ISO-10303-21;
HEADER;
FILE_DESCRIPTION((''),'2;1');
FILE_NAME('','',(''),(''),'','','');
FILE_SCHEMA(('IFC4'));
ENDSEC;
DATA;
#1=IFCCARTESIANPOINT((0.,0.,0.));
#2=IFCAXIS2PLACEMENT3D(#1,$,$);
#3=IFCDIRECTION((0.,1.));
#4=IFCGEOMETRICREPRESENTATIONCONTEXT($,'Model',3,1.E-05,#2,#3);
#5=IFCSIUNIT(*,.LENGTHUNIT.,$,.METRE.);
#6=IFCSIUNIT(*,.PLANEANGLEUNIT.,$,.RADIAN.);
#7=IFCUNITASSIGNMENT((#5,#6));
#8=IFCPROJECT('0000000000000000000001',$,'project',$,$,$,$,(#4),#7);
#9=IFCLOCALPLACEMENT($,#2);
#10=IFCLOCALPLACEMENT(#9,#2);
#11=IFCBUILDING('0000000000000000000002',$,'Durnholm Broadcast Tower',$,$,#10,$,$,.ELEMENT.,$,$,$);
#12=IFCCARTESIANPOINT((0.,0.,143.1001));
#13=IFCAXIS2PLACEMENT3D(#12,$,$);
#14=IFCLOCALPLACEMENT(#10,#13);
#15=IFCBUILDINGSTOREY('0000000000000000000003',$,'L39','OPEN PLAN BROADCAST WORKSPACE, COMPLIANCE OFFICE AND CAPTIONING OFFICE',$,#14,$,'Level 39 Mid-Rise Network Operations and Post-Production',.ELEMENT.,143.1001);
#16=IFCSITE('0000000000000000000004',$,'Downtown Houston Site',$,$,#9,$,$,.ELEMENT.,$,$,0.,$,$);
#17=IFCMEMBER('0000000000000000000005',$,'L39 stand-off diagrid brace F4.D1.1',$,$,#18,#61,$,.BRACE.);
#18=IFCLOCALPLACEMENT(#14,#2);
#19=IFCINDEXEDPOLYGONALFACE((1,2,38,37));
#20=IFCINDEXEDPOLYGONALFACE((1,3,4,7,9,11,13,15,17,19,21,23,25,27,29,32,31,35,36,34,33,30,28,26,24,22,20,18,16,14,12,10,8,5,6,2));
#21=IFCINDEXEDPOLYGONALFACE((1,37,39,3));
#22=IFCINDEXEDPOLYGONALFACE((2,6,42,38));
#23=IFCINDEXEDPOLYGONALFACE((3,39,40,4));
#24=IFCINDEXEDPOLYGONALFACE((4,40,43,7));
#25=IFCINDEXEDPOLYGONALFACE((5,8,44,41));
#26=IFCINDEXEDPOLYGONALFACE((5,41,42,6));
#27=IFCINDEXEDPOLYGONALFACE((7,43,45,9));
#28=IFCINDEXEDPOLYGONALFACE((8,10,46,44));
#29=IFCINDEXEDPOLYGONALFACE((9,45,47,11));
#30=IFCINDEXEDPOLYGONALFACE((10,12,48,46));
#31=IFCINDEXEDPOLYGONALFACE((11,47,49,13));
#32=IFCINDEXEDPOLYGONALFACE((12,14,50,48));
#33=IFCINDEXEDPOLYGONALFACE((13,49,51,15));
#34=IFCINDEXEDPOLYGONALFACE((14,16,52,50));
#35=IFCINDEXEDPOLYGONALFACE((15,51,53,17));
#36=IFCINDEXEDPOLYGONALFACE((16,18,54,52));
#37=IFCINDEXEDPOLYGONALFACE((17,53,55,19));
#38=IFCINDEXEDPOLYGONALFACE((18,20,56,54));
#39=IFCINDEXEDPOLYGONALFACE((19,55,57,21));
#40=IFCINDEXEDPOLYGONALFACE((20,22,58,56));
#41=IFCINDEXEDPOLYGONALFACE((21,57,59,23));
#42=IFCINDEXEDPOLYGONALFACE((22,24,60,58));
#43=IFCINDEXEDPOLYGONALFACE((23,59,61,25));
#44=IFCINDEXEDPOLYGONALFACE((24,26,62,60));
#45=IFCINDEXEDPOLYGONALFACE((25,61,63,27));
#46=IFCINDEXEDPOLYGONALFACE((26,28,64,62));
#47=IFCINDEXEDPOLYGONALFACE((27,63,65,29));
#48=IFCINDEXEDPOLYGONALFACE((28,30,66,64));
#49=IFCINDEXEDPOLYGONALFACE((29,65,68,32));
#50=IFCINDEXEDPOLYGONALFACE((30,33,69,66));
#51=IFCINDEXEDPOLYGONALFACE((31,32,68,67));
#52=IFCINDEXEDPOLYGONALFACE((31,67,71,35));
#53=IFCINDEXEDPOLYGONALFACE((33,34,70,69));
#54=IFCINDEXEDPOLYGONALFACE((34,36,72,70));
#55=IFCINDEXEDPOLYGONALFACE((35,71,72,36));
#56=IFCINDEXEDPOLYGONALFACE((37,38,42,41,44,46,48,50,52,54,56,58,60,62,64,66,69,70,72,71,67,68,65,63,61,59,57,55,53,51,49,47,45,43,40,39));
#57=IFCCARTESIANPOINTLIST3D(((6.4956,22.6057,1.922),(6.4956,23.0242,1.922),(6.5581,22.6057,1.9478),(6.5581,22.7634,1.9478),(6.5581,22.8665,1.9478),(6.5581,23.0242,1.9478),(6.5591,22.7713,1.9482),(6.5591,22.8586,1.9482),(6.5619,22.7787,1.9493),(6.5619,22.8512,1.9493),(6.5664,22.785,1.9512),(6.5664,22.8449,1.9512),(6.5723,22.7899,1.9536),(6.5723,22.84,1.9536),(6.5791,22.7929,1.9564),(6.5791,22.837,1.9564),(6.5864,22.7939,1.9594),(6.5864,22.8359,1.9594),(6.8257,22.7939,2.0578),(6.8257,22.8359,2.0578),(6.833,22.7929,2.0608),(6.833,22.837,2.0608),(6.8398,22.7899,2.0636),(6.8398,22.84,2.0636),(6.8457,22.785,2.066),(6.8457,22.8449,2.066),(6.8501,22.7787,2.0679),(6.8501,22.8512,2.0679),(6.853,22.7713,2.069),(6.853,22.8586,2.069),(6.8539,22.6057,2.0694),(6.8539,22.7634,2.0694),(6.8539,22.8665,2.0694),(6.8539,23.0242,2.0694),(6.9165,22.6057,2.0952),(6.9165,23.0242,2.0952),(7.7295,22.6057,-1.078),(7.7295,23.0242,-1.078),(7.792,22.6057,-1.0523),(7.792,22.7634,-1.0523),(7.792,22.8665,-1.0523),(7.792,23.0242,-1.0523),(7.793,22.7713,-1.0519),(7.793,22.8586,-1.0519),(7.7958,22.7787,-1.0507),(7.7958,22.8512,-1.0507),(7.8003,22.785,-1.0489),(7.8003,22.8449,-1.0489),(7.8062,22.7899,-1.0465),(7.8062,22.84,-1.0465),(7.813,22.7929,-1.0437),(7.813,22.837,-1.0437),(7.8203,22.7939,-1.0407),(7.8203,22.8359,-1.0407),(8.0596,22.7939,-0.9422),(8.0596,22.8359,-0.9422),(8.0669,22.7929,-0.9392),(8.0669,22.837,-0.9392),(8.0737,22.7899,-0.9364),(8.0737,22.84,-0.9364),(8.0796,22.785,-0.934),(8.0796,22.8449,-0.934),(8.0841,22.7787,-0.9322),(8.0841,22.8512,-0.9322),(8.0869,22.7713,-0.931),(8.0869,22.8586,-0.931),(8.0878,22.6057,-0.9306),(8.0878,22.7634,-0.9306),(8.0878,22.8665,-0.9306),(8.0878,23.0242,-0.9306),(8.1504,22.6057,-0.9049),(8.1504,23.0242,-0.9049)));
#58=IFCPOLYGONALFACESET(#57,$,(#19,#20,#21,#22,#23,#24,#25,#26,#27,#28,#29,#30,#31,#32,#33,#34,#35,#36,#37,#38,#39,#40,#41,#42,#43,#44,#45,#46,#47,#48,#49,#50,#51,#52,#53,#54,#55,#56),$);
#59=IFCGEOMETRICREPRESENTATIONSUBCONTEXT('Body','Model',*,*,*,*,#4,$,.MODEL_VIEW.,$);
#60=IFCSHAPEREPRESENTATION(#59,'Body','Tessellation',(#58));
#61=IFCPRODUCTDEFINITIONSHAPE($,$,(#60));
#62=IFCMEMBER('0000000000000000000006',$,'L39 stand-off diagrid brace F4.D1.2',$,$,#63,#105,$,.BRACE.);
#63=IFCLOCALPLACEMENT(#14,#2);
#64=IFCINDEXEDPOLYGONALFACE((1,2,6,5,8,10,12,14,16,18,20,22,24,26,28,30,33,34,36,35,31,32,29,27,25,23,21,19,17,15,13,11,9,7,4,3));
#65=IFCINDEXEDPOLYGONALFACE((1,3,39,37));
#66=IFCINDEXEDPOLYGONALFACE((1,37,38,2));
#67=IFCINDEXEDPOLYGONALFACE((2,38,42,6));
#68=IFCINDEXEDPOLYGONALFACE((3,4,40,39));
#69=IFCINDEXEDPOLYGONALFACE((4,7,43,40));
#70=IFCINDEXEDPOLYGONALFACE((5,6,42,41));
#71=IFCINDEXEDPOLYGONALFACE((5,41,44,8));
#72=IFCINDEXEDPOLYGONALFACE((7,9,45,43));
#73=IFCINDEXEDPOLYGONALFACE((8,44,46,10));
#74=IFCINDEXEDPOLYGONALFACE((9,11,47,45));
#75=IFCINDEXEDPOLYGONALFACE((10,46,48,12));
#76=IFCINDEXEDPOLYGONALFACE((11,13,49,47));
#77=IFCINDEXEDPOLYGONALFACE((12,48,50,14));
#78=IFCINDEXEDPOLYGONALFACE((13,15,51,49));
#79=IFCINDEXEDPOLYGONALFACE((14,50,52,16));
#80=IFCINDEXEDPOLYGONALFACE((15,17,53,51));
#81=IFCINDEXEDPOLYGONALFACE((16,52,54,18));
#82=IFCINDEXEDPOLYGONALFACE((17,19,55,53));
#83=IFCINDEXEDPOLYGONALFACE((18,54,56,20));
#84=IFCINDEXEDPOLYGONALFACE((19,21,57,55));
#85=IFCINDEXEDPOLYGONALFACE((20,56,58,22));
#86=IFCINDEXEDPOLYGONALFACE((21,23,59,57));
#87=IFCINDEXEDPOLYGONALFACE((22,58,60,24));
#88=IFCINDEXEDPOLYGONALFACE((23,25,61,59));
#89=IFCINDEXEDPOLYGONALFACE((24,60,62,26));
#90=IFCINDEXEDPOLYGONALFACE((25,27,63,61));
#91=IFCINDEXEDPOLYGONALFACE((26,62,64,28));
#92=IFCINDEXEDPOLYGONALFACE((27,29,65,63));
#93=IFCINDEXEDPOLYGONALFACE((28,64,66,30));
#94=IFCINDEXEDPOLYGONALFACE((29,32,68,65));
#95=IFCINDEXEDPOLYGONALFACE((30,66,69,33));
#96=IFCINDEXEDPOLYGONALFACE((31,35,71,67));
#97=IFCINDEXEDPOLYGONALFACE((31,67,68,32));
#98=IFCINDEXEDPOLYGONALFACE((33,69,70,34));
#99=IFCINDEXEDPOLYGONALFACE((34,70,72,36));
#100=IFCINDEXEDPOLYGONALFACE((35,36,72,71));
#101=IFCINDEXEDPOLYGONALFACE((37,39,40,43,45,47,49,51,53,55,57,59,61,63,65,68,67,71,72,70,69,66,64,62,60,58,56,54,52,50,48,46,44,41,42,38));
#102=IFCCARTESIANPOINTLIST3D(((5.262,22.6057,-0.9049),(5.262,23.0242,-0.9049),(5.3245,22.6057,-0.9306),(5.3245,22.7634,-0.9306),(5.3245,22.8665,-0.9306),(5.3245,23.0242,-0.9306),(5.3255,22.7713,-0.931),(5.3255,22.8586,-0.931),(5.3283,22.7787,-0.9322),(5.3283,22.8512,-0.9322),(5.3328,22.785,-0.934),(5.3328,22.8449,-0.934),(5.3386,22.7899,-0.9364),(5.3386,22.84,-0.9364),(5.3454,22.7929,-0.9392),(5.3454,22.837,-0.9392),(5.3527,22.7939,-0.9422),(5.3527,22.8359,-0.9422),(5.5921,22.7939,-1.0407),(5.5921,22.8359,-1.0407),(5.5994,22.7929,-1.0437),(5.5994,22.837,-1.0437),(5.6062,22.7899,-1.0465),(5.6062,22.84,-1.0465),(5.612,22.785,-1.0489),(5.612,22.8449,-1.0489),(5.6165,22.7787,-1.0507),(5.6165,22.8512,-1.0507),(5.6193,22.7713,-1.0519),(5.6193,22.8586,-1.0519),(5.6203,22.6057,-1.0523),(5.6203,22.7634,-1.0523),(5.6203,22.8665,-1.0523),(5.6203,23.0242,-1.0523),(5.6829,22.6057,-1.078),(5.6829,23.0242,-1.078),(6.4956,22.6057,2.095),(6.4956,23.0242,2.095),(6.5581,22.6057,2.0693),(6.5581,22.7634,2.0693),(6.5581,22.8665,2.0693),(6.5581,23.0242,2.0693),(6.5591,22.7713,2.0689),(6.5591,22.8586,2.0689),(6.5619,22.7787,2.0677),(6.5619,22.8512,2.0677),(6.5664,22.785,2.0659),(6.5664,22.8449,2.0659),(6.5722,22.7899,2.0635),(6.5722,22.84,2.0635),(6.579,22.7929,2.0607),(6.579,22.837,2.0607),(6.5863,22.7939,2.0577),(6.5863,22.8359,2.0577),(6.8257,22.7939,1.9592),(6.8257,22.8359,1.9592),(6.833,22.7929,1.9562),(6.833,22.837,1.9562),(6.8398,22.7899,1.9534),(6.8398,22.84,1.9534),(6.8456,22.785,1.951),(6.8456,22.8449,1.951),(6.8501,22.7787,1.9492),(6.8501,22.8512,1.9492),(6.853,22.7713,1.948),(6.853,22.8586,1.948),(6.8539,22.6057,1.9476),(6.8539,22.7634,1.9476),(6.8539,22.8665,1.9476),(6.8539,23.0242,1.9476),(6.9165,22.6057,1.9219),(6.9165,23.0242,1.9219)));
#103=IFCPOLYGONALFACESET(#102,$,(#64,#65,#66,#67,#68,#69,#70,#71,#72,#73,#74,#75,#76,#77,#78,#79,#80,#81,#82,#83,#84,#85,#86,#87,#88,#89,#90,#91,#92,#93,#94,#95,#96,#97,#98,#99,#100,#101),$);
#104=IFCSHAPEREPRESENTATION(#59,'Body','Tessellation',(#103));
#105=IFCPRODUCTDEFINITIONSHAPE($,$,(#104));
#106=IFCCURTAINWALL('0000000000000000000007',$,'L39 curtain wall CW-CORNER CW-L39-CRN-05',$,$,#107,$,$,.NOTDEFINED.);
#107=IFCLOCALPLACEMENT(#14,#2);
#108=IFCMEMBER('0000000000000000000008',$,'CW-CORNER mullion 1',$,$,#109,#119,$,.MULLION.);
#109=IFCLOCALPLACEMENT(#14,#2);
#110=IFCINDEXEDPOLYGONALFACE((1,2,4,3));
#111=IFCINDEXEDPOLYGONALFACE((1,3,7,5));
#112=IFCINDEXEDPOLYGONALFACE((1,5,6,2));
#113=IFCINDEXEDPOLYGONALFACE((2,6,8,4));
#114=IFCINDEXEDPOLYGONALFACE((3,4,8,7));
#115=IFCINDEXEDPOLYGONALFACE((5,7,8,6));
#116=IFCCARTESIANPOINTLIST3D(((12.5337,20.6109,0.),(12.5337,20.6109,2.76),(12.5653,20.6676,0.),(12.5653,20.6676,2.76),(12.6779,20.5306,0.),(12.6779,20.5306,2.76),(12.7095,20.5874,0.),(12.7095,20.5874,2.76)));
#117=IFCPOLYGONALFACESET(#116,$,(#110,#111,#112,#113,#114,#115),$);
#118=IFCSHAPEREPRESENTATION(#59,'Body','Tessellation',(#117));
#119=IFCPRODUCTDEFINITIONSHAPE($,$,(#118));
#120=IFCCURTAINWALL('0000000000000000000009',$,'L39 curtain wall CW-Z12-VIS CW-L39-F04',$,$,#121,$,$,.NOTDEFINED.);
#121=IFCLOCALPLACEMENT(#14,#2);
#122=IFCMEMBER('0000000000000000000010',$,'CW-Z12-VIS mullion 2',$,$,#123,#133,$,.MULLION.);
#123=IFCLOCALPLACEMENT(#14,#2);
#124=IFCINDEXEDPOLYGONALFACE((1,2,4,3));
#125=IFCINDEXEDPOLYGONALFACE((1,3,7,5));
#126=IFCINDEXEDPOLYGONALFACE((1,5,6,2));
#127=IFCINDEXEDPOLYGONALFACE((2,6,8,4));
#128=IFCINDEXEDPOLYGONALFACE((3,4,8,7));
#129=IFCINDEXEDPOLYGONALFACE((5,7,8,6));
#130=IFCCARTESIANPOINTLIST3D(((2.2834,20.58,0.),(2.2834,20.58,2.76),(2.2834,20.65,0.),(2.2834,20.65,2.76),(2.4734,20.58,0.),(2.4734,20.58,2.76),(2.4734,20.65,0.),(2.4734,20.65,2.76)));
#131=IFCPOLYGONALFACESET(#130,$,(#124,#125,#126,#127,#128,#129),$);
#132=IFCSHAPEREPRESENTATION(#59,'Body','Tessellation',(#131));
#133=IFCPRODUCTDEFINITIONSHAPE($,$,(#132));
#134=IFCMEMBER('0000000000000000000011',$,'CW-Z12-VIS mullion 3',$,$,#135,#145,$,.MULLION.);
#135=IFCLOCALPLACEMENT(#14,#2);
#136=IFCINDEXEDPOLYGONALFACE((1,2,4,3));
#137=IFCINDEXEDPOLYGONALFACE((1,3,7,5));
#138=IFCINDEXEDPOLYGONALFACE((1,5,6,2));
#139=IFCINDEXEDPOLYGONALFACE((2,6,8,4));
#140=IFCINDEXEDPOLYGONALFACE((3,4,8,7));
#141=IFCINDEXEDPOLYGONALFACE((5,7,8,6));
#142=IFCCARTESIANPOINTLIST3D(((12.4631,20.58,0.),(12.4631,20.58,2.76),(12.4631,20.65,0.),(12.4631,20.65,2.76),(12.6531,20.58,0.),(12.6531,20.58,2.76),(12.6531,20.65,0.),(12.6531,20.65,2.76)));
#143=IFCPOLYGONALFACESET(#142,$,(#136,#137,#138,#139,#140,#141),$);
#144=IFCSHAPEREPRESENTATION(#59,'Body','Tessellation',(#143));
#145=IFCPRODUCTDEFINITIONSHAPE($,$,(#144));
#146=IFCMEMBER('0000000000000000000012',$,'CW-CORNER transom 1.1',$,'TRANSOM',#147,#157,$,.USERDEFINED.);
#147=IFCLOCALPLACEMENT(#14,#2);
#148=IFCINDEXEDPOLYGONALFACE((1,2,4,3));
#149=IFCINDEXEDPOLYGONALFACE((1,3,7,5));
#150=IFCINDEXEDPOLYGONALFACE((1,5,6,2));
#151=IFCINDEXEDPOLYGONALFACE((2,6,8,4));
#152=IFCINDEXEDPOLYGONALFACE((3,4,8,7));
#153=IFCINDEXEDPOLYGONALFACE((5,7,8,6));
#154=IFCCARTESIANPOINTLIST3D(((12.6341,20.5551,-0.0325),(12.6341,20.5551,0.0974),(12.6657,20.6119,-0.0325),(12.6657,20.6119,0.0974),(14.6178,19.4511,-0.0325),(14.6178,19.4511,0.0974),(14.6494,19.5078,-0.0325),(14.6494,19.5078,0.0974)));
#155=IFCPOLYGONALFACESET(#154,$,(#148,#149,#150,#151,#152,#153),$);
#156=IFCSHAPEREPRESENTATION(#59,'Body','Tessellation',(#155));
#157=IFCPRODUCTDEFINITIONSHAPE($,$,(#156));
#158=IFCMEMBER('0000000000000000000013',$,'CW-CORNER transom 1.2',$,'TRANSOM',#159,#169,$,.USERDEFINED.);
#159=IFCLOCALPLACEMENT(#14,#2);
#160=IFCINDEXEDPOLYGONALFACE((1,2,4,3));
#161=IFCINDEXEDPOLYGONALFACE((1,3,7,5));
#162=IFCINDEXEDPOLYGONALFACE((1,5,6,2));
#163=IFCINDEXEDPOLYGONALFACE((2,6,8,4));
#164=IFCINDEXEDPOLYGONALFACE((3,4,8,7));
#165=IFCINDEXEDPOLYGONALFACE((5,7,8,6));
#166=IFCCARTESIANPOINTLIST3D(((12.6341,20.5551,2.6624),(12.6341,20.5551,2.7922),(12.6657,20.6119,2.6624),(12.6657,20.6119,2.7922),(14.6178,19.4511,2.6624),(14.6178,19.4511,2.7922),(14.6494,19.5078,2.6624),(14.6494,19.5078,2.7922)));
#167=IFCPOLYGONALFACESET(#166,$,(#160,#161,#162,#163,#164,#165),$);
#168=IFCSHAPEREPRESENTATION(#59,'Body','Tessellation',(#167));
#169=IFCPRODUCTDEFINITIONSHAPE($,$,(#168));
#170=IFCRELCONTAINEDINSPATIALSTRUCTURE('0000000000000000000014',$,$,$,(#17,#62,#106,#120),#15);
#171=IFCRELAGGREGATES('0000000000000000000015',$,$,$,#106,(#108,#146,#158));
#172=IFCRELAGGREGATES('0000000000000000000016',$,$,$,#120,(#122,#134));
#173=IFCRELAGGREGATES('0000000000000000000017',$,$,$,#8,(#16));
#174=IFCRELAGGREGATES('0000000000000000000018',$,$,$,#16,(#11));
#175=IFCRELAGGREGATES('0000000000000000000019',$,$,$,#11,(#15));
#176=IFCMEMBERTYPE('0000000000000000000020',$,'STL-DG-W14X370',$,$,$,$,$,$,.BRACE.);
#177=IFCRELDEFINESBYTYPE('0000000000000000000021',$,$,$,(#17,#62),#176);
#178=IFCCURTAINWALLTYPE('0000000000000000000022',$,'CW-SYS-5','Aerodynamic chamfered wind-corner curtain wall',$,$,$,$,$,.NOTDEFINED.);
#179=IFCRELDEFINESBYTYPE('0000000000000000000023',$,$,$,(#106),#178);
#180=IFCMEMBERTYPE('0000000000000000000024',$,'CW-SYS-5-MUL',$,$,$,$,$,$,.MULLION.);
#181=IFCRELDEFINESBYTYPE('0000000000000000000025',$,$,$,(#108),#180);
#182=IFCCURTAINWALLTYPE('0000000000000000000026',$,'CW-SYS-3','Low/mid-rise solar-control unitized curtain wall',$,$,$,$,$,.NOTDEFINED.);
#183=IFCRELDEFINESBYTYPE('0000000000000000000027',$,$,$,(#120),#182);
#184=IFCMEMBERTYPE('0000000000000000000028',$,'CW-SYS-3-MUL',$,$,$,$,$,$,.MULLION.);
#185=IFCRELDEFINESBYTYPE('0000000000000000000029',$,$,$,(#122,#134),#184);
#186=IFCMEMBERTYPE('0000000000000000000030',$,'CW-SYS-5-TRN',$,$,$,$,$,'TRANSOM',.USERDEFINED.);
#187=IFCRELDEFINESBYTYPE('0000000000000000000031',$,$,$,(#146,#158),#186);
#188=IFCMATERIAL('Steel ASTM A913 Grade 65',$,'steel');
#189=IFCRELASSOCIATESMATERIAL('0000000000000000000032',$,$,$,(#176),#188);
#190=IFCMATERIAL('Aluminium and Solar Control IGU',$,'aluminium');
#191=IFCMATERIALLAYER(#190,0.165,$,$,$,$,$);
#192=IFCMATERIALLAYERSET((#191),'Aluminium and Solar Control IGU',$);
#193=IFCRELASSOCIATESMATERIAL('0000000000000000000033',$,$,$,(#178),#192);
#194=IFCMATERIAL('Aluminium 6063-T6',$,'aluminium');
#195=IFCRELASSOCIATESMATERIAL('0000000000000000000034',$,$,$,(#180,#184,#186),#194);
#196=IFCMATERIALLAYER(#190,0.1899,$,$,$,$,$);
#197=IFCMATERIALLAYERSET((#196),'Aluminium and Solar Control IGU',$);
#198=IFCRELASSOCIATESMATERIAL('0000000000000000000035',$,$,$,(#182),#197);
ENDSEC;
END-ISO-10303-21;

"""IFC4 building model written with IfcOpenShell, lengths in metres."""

from ifc_helpers import new_model, si_unit, direction, frame, origin, origin_2d, place, context, subcontext, project, spatial, rectangle, i_section, extrude, source, transform, mapped, material, layer, layer_set, material_profile, profile_set, type_object, type_shapes, element, aggregate, save


model = new_model("IFC4")

# Units and contexts
model_context = context("Model", 3, precision=1e-05, world=origin(), true_north=direction((0.0, 1.0)))
body_context = subcontext(model_context, "Body", "Model", "MODEL_VIEW")
ifc_project = project(units=[si_unit("LENGTHUNIT", "METRE"), si_unit("PLANEANGLEUNIT", "RADIAN")], contexts=[model_context])

# Site, building, storey
site_placement = place(None, origin())
site = spatial("IfcSite", under=ifc_project, at=site_placement, Name="Downtown Houston Site", CompositionType="ELEMENT", RefElevation=0.0)
building_placement = place(site_placement, origin())
building = spatial("IfcBuilding", under=site, at=building_placement, Name="Durnholm Broadcast Tower", CompositionType="ELEMENT")
storey_placement = place(building_placement, frame((0.0, 0.0, 143.1001)))
storey = spatial("IfcBuildingStorey", under=building, at=storey_placement, Name="L39", Description="OPEN PLAN BROADCAST WORKSPACE, COMPLIANCE OFFICE AND CAPTIONING OFFICE", LongName="Level 39 Mid-Rise Network Operations and Post-Production", CompositionType="ELEMENT", Elevation=143.1001)

# Members
ifc_material_1 = material(Name="Steel ASTM A913 Grade 65", Category="steel")
ifc_material_profile_1 = material_profile(ifc_material_1, i_section(OverallWidth=0.4185, OverallDepth=0.4551, WebThickness=0.042, FlangeThickness=0.0676, FilletRadius=0.0305, at=origin_2d()), Name="W14X370")
ifc_profile_set_1 = profile_set([ifc_material_profile_1], Name="Steel ASTM A913 Grade 65")
member_type_1 = type_object("IfcMemberType", Name="STL-DG-W14X370", PredefinedType="BRACE", material=ifc_profile_set_1)
shared_shape_1 = source(origin(), body_context, "Body", "SweptSolid", [
    extrude(i_section(OverallWidth=0.4185, OverallDepth=0.4551, WebThickness=0.042, FlangeThickness=0.0676, FilletRadius=0.0305, at=origin_2d()), origin(), (0.0, 0.0, 1.0), 3.2439),
])
member_1_placement = place(storey_placement, frame((7.9399, 22.8149, -0.9915), z_axis=(-0.380379, 0.0, 0.924831), x_axis=(0.0, -1.0, 0.0)))
element("IfcMember", 1, at=member_1_placement, inside=storey, type_object=member_type_1, Name="L39 stand-off diagrid brace F4.D1.1", PredefinedType="BRACE", context=body_context, shape_type="MappedRepresentation", body=[
    mapped(shared_shape_1, transform((0.0, 0.0, 0.0), x_axis=(1.0, 0.0, 0.0), y_axis=(0.0, 1.0, 0.0), z_axis=(0.0, 0.0, 1.0), scale=1.0)),
])
shared_shape_2 = source(origin(), body_context, "Body", "SweptSolid", [
    extrude(i_section(OverallWidth=0.4185, OverallDepth=0.4551, WebThickness=0.042, FlangeThickness=0.0676, FilletRadius=0.0305, at=origin_2d()), origin(), (0.0, 0.0, 1.0), 3.2437),
])
type_shapes(member_type_1, [shared_shape_1, shared_shape_2])
member_2_placement = place(storey_placement, frame((5.4724, 22.8149, -0.9915), z_axis=(0.380314, 0.0, 0.924857), x_axis=(0.0, 1.0, 0.0)))
element("IfcMember", 2, at=member_2_placement, inside=storey, type_object=member_type_1, Name="L39 stand-off diagrid brace F4.D1.2", PredefinedType="BRACE", context=body_context, shape_type="MappedRepresentation", body=[
    mapped(shared_shape_2, transform((0.0, 0.0, 0.0), x_axis=(1.0, 0.0, 0.0), y_axis=(0.0, 1.0, 0.0), z_axis=(0.0, 0.0, 1.0), scale=1.0)),
])

# Curtain wall, member
ifc_material_2 = material(Name="Aluminium and Solar Control IGU", Category="aluminium")
ifc_layer_1 = layer(ifc_material_2, 0.165)
ifc_layer_set_1 = layer_set([ifc_layer_1], Name="Aluminium and Solar Control IGU")
curtain_wall_type_1 = type_object("IfcCurtainWallType", Name="CW-SYS-5", Description="Aerodynamic chamfered wind-corner curtain wall", PredefinedType="NOTDEFINED", material=ifc_layer_set_1)
curtain_wall_1_placement = place(storey_placement, origin())
curtain_wall_1 = element("IfcCurtainWall", 3, at=curtain_wall_1_placement, inside=storey, type_object=curtain_wall_type_1, Name="L39 curtain wall CW-CORNER CW-L39-CRN-05", PredefinedType="NOTDEFINED")
ifc_material_3 = material(Name="Aluminium 6063-T6", Category="aluminium")
ifc_material_profile_2 = material_profile(ifc_material_3, rectangle(XDim=0.0649, YDim=0.165, at=origin_2d()), Name="CWM65X165")
ifc_profile_set_2 = profile_set([ifc_material_profile_2], Name="Aluminium 6063-T6")
member_type_2 = type_object("IfcMemberType", Name="CW-SYS-5-MUL", PredefinedType="MULLION", material=ifc_profile_set_2)
shared_shape_3 = source(origin(), body_context, "Body", "SweptSolid", [
    extrude(rectangle(XDim=0.0649, YDim=0.165, at=origin_2d()), origin(), (0.0, 0.0, 1.0), 2.76),
])
type_shapes(member_type_2, [shared_shape_3])
member_3_placement = place(storey_placement, frame((12.6216, 20.5991, 0.0), z_axis=(0.0, 0.0, 1.0), x_axis=(0.486244, 0.873823, 0.0)))
member_3 = element("IfcMember", 4, at=member_3_placement, type_object=member_type_2, Name="CW-CORNER mullion 1", PredefinedType="MULLION", context=body_context, shape_type="MappedRepresentation", body=[
    mapped(shared_shape_3, transform((0.0, 0.0, 0.0), x_axis=(1.0, 0.0, 0.0), y_axis=(0.0, 1.0, 0.0), z_axis=(0.0, 0.0, 1.0), scale=1.0)),
])

# Curtain wall, members
ifc_layer_2 = layer(ifc_material_2, 0.1899)
ifc_layer_set_2 = layer_set([ifc_layer_2], Name="Aluminium and Solar Control IGU")
curtain_wall_type_2 = type_object("IfcCurtainWallType", Name="CW-SYS-3", Description="Low/mid-rise solar-control unitized curtain wall", PredefinedType="NOTDEFINED", material=ifc_layer_set_2)
curtain_wall_2_placement = place(storey_placement, origin())
curtain_wall_2 = element("IfcCurtainWall", 5, at=curtain_wall_2_placement, inside=storey, type_object=curtain_wall_type_2, Name="L39 curtain wall CW-Z12-VIS CW-L39-F04", PredefinedType="NOTDEFINED")
ifc_material_profile_3 = material_profile(ifc_material_3, rectangle(XDim=0.0701, YDim=0.1899, at=origin_2d()), Name="CWM70X190")
ifc_profile_set_3 = profile_set([ifc_material_profile_3], Name="Aluminium 6063-T6")
member_type_3 = type_object("IfcMemberType", Name="CW-SYS-3-MUL", PredefinedType="MULLION", material=ifc_profile_set_3)
shared_shape_4 = source(origin(), body_context, "Body", "SweptSolid", [
    extrude(rectangle(XDim=0.0701, YDim=0.1899, at=origin_2d()), origin(), (0.0, 0.0, 1.0), 2.76),
])
type_shapes(member_type_3, [shared_shape_4])
member_4_placement = place(storey_placement, frame((2.3784, 20.615, 0.0), z_axis=(0.0, 0.0, 1.0), x_axis=(0.0, 1.0, 0.0)))
member_4 = element("IfcMember", 6, at=member_4_placement, type_object=member_type_3, Name="CW-Z12-VIS mullion 2", PredefinedType="MULLION", context=body_context, shape_type="MappedRepresentation", body=[
    mapped(shared_shape_4, transform((0.0, 0.0, 0.0), x_axis=(1.0, 0.0, 0.0), y_axis=(0.0, 1.0, 0.0), z_axis=(0.0, 0.0, 1.0), scale=1.0)),
])
member_5_placement = place(storey_placement, frame((12.5581, 20.615, 0.0), z_axis=(0.0, 0.0, 1.0), x_axis=(0.0, 1.0, 0.0)))
member_5 = element("IfcMember", 7, at=member_5_placement, type_object=member_type_3, Name="CW-Z12-VIS mullion 3", PredefinedType="MULLION", context=body_context, shape_type="MappedRepresentation", body=[
    mapped(shared_shape_4, transform((0.0, 0.0, 0.0), x_axis=(1.0, 0.0, 0.0), y_axis=(0.0, 1.0, 0.0), z_axis=(0.0, 0.0, 1.0), scale=1.0)),
])

# Members
ifc_material_profile_4 = material_profile(ifc_material_3, rectangle(XDim=0.0649, YDim=0.1299, at=origin_2d()), Name="CWT65X130")
ifc_profile_set_4 = profile_set([ifc_material_profile_4], Name="Aluminium 6063-T6")
member_type_4 = type_object("IfcMemberType", Name="CW-SYS-5-TRN", ElementType="TRANSOM", PredefinedType="USERDEFINED", material=ifc_profile_set_4)
shared_shape_5 = source(origin(), body_context, "Body", "SweptSolid", [
    extrude(rectangle(XDim=0.0649, YDim=0.1299, at=origin_2d()), origin(), (0.0, 0.0, 1.0), 2.2703),
])
type_shapes(member_type_4, [shared_shape_5])
member_6_placement = place(storey_placement, frame((12.6499, 20.5835, 0.0325), z_axis=(0.873787, -0.486309, 0.0), x_axis=(0.486309, 0.873787, 0.0)))
member_6 = element("IfcMember", 8, at=member_6_placement, type_object=member_type_4, Name="CW-CORNER transom 1.1", ObjectType="TRANSOM", PredefinedType="USERDEFINED", context=body_context, shape_type="MappedRepresentation", body=[
    mapped(shared_shape_5, transform((0.0, 0.0, 0.0), x_axis=(1.0, 0.0, 0.0), y_axis=(0.0, 1.0, 0.0), z_axis=(0.0, 0.0, 1.0), scale=1.0)),
])
member_7_placement = place(storey_placement, frame((12.6499, 20.5835, 2.7273), z_axis=(0.873787, -0.486309, 0.0), x_axis=(0.486309, 0.873787, 0.0)))
member_7 = element("IfcMember", 9, at=member_7_placement, type_object=member_type_4, Name="CW-CORNER transom 1.2", ObjectType="TRANSOM", PredefinedType="USERDEFINED", context=body_context, shape_type="MappedRepresentation", body=[
    mapped(shared_shape_5, transform((0.0, 0.0, 0.0), x_axis=(1.0, 0.0, 0.0), y_axis=(0.0, 1.0, 0.0), z_axis=(0.0, 0.0, 1.0), scale=1.0)),
])
aggregate(curtain_wall_1, [member_3, member_6, member_7])

aggregate(curtain_wall_2, [member_4, member_5])

save(model, "model.ifc")
